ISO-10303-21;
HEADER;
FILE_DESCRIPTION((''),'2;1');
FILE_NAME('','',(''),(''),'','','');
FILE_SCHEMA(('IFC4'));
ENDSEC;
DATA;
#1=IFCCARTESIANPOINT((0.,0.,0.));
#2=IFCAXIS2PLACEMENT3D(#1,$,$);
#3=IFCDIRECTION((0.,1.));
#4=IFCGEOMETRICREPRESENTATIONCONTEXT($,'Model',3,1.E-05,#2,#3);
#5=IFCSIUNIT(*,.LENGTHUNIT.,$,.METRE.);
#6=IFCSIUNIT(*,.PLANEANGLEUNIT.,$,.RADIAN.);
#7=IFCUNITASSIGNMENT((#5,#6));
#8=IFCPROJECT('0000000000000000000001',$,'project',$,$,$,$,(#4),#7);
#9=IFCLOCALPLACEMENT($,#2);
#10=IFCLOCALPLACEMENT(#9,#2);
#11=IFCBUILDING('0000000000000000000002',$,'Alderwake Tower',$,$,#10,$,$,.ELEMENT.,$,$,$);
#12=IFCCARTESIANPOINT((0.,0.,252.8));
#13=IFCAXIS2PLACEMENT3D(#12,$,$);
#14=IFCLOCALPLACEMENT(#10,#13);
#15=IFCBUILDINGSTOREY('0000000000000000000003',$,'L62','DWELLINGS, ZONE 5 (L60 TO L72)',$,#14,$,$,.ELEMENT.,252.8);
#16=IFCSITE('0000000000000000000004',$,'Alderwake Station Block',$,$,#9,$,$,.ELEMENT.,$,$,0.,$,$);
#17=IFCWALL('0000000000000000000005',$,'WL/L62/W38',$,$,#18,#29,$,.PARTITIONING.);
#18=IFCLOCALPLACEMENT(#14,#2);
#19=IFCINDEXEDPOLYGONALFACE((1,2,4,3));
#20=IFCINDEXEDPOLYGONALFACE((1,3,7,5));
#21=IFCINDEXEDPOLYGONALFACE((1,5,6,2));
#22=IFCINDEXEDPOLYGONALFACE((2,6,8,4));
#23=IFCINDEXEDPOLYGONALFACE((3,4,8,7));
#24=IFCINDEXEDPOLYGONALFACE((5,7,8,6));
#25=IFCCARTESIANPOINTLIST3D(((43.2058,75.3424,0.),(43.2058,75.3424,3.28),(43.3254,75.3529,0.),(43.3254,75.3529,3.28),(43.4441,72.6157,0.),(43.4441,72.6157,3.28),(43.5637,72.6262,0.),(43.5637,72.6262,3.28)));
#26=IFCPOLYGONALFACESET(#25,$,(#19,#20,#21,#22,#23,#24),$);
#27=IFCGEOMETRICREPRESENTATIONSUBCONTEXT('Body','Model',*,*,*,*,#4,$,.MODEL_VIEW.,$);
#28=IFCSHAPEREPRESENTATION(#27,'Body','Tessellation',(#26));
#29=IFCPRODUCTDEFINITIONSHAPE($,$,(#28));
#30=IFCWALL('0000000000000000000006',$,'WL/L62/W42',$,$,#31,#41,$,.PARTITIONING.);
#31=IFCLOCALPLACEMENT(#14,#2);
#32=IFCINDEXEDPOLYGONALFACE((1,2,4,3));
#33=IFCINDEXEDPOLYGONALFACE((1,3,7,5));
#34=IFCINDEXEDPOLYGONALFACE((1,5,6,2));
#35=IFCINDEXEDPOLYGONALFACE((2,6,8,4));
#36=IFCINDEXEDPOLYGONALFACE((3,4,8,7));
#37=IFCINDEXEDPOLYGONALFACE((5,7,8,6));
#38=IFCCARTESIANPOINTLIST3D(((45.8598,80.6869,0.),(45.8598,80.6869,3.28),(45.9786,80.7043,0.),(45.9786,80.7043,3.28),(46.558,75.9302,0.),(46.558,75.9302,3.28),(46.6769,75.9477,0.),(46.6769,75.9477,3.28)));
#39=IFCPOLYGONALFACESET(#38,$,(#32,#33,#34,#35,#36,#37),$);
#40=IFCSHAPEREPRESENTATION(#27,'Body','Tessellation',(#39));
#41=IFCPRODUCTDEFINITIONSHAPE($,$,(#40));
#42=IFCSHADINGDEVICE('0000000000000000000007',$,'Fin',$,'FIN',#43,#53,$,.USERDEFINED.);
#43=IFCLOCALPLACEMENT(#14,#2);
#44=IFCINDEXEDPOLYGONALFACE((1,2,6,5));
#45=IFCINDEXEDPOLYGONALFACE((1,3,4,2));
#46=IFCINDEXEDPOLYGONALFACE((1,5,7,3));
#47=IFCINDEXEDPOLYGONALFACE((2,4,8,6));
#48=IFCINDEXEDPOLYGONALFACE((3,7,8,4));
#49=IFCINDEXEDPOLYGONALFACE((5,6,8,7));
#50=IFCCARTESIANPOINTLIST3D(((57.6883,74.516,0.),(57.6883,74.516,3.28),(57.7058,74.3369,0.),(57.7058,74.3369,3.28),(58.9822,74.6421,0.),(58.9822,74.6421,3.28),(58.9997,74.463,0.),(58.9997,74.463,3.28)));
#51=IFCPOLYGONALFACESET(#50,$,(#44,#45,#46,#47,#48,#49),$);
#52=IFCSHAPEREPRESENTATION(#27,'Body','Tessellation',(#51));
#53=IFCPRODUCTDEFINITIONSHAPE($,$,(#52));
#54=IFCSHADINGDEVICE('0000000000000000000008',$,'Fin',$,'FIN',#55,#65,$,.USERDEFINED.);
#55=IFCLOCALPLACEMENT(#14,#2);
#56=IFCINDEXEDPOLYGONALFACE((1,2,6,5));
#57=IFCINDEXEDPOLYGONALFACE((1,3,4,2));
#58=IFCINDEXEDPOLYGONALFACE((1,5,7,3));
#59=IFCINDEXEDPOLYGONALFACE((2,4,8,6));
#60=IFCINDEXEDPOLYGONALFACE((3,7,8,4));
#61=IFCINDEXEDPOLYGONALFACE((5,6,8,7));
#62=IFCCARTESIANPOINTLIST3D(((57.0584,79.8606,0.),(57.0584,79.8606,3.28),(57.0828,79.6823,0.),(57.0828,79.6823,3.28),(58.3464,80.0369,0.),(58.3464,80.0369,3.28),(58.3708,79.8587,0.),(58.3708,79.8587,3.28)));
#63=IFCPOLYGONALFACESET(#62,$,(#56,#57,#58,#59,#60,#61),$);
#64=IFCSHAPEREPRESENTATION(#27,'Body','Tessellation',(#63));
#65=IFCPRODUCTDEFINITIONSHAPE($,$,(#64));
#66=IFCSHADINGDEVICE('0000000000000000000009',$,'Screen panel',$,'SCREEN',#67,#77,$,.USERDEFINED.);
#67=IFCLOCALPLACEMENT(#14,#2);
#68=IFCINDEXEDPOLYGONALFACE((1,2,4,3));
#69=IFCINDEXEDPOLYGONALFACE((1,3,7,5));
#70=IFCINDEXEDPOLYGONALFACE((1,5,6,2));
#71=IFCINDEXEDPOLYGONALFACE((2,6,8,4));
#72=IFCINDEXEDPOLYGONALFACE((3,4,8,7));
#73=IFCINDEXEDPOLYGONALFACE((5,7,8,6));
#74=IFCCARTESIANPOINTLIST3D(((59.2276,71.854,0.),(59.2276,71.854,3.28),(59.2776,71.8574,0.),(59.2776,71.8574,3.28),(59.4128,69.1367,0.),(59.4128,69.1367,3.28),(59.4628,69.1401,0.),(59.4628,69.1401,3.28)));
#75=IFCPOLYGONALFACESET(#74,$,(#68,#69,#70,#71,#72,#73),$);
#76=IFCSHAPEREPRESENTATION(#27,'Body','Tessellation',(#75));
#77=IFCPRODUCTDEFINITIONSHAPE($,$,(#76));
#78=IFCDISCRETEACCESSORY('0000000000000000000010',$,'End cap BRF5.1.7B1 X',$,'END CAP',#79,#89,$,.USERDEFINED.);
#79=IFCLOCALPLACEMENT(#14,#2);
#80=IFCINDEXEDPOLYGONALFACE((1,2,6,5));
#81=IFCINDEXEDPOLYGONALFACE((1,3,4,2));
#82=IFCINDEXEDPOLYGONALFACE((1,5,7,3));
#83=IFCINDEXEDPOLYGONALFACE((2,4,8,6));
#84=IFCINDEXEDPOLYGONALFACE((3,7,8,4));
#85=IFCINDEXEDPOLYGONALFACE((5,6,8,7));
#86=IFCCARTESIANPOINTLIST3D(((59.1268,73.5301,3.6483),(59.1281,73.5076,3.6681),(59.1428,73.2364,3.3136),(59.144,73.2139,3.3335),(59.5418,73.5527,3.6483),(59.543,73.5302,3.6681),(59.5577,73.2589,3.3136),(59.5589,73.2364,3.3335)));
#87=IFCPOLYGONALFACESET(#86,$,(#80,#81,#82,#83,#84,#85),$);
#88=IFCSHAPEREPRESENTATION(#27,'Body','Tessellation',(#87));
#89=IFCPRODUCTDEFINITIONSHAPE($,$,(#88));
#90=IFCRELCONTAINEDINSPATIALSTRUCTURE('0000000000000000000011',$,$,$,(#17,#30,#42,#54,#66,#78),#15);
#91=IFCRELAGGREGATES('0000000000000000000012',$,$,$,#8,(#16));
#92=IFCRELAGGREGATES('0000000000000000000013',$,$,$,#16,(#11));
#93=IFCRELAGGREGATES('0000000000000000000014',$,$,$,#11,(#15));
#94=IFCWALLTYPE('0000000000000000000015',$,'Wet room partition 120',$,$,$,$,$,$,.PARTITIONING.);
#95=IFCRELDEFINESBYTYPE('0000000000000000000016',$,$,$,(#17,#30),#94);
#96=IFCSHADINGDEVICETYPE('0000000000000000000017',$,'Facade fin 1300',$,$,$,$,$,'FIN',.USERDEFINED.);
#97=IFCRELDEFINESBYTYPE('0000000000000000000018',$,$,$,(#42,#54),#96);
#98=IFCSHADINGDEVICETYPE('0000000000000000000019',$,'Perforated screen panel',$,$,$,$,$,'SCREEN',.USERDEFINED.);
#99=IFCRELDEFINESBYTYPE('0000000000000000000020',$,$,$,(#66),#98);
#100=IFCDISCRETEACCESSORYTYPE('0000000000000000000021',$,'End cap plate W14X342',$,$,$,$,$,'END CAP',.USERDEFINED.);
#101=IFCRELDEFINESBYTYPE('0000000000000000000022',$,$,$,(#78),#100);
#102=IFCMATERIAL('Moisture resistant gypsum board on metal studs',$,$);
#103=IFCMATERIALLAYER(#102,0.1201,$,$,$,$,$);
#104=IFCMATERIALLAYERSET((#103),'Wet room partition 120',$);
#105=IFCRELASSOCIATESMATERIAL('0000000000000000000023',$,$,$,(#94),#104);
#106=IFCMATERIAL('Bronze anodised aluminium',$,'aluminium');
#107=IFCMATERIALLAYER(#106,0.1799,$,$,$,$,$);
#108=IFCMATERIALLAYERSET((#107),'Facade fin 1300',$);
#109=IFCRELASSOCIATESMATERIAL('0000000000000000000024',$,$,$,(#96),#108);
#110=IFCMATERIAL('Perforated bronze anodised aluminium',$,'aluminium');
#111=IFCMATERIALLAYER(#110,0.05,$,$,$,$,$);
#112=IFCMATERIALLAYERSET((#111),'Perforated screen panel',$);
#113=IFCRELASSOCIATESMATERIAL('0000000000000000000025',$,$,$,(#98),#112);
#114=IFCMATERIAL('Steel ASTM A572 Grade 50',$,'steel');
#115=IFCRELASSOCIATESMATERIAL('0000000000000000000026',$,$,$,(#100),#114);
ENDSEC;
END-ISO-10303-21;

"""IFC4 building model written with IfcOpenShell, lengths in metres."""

from ifc_helpers import new_model, si_unit, direction, frame, frame_2d, origin, origin_2d, place, context, subcontext, project, spatial, rectangle, extrude, material, layer, layer_set, material_profile, profile_set, type_object, element, save


model = new_model("IFC4")

# Units and contexts
model_context = context("Model", 3, precision=1e-05, world=origin(), true_north=direction((0.0, 1.0)))
body_context = subcontext(model_context, "Body", "Model", "MODEL_VIEW")
ifc_project = project(units=[si_unit("LENGTHUNIT", "METRE"), si_unit("PLANEANGLEUNIT", "RADIAN")], contexts=[model_context])

# Site, building, storey
site_placement = place(None, origin())
site = spatial("IfcSite", under=ifc_project, at=site_placement, Name="Alderwake Station Block", CompositionType="ELEMENT", RefElevation=0.0)
building_placement = place(site_placement, origin())
building = spatial("IfcBuilding", under=site, at=building_placement, Name="Alderwake Tower", CompositionType="ELEMENT")
storey_placement = place(building_placement, frame((0.0, 0.0, 252.8)))
storey = spatial("IfcBuildingStorey", under=building, at=storey_placement, Name="L62", Description="DWELLINGS, ZONE 5 (L60 TO L72)", CompositionType="ELEMENT", Elevation=252.8)

# Shared definitions
ifc_material_1 = material(Name="Moisture resistant gypsum board on metal studs")
ifc_layer_1 = layer(ifc_material_1, 0.1201)
ifc_layer_set_1 = layer_set([ifc_layer_1], Name="Wet room partition 120")
wall_type_1 = type_object("IfcWallType", Name="Wet room partition 120", PredefinedType="PARTITIONING", material=ifc_layer_set_1)

# Walls
wall_1_placement = place(storey_placement, frame((43.5039, 72.6208, 0.0), z_axis=(0.0, 0.0, 1.0), x_axis=(-0.087061, 0.996203, 0.0)))
element("IfcWall", 1, at=wall_1_placement, inside=storey, type_object=wall_type_1, Name="WL/L62/W38", PredefinedType="PARTITIONING", context=body_context, shape_type="SweptSolid", body=[
    extrude(rectangle(XDim=2.7371, YDim=0.1201, at=frame_2d((1.3687, 0.0))), origin(), (0.0, 0.0, 1.0), 3.28),
])
wall_2_placement = place(storey_placement, frame((46.6174, 75.939, 0.0), z_axis=(0.0, 0.0, 1.0), x_axis=(-0.145238, 0.989397, 0.0)))
element("IfcWall", 2, at=wall_2_placement, inside=storey, type_object=wall_type_1, Name="WL/L62/W42", PredefinedType="PARTITIONING", context=body_context, shape_type="SweptSolid", body=[
    extrude(rectangle(XDim=4.8076, YDim=0.1201, at=frame_2d((2.4038, 0.0))), origin(), (0.0, 0.0, 1.0), 3.28),
])

# Shading devices
ifc_material_2 = material(Name="Bronze anodised aluminium", Category="aluminium")
ifc_layer_2 = layer(ifc_material_2, 0.1799)
ifc_layer_set_2 = layer_set([ifc_layer_2], Name="Facade fin 1300")
shading_device_type_1 = type_object("IfcShadingDeviceType", Name="Facade fin 1300", ElementType="FIN", PredefinedType="USERDEFINED", material=ifc_layer_set_2)
for number, where, z_axis, x_axis, name in (
    (3, (58.344, 74.4895, 0.0), (0.0, 0.0, 1.0), (0.99528, 0.097046, 0.0), "Fin"),
    (4, (57.7146, 79.8596, 0.0), (0.0, 0.0, 1.0), (0.990753, 0.135681, 0.0), "Fin"),
):
    element("IfcShadingDevice", number, at=place(storey_placement, frame(where, z_axis=z_axis, x_axis=x_axis)), inside=storey, type_object=shading_device_type_1, Name=name, ObjectType="FIN", PredefinedType="USERDEFINED", context=body_context, shape_type="SweptSolid", body=[
        extrude(rectangle(XDim=1.3, YDim=0.1799, at=origin_2d()), origin(), (0.0, 0.0, 1.0), 3.28),
    ])
ifc_material_3 = material(Name="Perforated bronze anodised aluminium", Category="aluminium")
ifc_layer_3 = layer(ifc_material_3, 0.05)
ifc_layer_set_3 = layer_set([ifc_layer_3], Name="Perforated screen panel")
shading_device_type_2 = type_object("IfcShadingDeviceType", Name="Perforated screen panel", ElementType="SCREEN", PredefinedType="USERDEFINED", material=ifc_layer_set_3)
shading_device_placement = place(storey_placement, frame((59.3452, 70.4971, 0.0), z_axis=(0.0, 0.0, 1.0), x_axis=(0.997685, 0.067998, 0.0)))
element("IfcShadingDevice", 5, at=shading_device_placement, inside=storey, type_object=shading_device_type_2, Name="Screen panel", ObjectType="SCREEN", PredefinedType="USERDEFINED", context=body_context, shape_type="SweptSolid", body=[
    extrude(rectangle(XDim=0.05, YDim=2.7236, at=origin_2d()), origin(), (0.0, 0.0, 1.0), 3.28),
])

# Discrete accessory
ifc_material_4 = material(Name="Steel ASTM A572 Grade 50", Category="steel")
ifc_material_profile_1 = material_profile(ifc_material_4, rectangle(XDim=0.4155, YDim=0.4456, at=origin_2d()), Name="W14X342 cap")
ifc_profile_set_1 = profile_set([ifc_material_profile_1], Name="Steel ASTM A572 Grade 50")
discrete_accessory_type = type_object("IfcDiscreteAccessoryType", Name="End cap plate W14X342", ElementType="END CAP", PredefinedType="USERDEFINED", material=ifc_profile_set_1)
discrete_accessory_placement = place(storey_placement, frame((59.3423, 73.3945, 3.481), z_axis=(0.040757, -0.749928, 0.660263), x_axis=(0.998526, 0.054268, 0.0)))
element("IfcDiscreteAccessory", 6, at=discrete_accessory_placement, inside=storey, type_object=discrete_accessory_type, Name="End cap BRF5.1.7B1 X", ObjectType="END CAP", PredefinedType="USERDEFINED", context=body_context, shape_type="SweptSolid", body=[
    extrude(rectangle(XDim=0.4155, YDim=0.4456, at=origin_2d()), origin(), (0.0, 0.0, 1.0), 0.03),
])

save(model, "model.ifc")
